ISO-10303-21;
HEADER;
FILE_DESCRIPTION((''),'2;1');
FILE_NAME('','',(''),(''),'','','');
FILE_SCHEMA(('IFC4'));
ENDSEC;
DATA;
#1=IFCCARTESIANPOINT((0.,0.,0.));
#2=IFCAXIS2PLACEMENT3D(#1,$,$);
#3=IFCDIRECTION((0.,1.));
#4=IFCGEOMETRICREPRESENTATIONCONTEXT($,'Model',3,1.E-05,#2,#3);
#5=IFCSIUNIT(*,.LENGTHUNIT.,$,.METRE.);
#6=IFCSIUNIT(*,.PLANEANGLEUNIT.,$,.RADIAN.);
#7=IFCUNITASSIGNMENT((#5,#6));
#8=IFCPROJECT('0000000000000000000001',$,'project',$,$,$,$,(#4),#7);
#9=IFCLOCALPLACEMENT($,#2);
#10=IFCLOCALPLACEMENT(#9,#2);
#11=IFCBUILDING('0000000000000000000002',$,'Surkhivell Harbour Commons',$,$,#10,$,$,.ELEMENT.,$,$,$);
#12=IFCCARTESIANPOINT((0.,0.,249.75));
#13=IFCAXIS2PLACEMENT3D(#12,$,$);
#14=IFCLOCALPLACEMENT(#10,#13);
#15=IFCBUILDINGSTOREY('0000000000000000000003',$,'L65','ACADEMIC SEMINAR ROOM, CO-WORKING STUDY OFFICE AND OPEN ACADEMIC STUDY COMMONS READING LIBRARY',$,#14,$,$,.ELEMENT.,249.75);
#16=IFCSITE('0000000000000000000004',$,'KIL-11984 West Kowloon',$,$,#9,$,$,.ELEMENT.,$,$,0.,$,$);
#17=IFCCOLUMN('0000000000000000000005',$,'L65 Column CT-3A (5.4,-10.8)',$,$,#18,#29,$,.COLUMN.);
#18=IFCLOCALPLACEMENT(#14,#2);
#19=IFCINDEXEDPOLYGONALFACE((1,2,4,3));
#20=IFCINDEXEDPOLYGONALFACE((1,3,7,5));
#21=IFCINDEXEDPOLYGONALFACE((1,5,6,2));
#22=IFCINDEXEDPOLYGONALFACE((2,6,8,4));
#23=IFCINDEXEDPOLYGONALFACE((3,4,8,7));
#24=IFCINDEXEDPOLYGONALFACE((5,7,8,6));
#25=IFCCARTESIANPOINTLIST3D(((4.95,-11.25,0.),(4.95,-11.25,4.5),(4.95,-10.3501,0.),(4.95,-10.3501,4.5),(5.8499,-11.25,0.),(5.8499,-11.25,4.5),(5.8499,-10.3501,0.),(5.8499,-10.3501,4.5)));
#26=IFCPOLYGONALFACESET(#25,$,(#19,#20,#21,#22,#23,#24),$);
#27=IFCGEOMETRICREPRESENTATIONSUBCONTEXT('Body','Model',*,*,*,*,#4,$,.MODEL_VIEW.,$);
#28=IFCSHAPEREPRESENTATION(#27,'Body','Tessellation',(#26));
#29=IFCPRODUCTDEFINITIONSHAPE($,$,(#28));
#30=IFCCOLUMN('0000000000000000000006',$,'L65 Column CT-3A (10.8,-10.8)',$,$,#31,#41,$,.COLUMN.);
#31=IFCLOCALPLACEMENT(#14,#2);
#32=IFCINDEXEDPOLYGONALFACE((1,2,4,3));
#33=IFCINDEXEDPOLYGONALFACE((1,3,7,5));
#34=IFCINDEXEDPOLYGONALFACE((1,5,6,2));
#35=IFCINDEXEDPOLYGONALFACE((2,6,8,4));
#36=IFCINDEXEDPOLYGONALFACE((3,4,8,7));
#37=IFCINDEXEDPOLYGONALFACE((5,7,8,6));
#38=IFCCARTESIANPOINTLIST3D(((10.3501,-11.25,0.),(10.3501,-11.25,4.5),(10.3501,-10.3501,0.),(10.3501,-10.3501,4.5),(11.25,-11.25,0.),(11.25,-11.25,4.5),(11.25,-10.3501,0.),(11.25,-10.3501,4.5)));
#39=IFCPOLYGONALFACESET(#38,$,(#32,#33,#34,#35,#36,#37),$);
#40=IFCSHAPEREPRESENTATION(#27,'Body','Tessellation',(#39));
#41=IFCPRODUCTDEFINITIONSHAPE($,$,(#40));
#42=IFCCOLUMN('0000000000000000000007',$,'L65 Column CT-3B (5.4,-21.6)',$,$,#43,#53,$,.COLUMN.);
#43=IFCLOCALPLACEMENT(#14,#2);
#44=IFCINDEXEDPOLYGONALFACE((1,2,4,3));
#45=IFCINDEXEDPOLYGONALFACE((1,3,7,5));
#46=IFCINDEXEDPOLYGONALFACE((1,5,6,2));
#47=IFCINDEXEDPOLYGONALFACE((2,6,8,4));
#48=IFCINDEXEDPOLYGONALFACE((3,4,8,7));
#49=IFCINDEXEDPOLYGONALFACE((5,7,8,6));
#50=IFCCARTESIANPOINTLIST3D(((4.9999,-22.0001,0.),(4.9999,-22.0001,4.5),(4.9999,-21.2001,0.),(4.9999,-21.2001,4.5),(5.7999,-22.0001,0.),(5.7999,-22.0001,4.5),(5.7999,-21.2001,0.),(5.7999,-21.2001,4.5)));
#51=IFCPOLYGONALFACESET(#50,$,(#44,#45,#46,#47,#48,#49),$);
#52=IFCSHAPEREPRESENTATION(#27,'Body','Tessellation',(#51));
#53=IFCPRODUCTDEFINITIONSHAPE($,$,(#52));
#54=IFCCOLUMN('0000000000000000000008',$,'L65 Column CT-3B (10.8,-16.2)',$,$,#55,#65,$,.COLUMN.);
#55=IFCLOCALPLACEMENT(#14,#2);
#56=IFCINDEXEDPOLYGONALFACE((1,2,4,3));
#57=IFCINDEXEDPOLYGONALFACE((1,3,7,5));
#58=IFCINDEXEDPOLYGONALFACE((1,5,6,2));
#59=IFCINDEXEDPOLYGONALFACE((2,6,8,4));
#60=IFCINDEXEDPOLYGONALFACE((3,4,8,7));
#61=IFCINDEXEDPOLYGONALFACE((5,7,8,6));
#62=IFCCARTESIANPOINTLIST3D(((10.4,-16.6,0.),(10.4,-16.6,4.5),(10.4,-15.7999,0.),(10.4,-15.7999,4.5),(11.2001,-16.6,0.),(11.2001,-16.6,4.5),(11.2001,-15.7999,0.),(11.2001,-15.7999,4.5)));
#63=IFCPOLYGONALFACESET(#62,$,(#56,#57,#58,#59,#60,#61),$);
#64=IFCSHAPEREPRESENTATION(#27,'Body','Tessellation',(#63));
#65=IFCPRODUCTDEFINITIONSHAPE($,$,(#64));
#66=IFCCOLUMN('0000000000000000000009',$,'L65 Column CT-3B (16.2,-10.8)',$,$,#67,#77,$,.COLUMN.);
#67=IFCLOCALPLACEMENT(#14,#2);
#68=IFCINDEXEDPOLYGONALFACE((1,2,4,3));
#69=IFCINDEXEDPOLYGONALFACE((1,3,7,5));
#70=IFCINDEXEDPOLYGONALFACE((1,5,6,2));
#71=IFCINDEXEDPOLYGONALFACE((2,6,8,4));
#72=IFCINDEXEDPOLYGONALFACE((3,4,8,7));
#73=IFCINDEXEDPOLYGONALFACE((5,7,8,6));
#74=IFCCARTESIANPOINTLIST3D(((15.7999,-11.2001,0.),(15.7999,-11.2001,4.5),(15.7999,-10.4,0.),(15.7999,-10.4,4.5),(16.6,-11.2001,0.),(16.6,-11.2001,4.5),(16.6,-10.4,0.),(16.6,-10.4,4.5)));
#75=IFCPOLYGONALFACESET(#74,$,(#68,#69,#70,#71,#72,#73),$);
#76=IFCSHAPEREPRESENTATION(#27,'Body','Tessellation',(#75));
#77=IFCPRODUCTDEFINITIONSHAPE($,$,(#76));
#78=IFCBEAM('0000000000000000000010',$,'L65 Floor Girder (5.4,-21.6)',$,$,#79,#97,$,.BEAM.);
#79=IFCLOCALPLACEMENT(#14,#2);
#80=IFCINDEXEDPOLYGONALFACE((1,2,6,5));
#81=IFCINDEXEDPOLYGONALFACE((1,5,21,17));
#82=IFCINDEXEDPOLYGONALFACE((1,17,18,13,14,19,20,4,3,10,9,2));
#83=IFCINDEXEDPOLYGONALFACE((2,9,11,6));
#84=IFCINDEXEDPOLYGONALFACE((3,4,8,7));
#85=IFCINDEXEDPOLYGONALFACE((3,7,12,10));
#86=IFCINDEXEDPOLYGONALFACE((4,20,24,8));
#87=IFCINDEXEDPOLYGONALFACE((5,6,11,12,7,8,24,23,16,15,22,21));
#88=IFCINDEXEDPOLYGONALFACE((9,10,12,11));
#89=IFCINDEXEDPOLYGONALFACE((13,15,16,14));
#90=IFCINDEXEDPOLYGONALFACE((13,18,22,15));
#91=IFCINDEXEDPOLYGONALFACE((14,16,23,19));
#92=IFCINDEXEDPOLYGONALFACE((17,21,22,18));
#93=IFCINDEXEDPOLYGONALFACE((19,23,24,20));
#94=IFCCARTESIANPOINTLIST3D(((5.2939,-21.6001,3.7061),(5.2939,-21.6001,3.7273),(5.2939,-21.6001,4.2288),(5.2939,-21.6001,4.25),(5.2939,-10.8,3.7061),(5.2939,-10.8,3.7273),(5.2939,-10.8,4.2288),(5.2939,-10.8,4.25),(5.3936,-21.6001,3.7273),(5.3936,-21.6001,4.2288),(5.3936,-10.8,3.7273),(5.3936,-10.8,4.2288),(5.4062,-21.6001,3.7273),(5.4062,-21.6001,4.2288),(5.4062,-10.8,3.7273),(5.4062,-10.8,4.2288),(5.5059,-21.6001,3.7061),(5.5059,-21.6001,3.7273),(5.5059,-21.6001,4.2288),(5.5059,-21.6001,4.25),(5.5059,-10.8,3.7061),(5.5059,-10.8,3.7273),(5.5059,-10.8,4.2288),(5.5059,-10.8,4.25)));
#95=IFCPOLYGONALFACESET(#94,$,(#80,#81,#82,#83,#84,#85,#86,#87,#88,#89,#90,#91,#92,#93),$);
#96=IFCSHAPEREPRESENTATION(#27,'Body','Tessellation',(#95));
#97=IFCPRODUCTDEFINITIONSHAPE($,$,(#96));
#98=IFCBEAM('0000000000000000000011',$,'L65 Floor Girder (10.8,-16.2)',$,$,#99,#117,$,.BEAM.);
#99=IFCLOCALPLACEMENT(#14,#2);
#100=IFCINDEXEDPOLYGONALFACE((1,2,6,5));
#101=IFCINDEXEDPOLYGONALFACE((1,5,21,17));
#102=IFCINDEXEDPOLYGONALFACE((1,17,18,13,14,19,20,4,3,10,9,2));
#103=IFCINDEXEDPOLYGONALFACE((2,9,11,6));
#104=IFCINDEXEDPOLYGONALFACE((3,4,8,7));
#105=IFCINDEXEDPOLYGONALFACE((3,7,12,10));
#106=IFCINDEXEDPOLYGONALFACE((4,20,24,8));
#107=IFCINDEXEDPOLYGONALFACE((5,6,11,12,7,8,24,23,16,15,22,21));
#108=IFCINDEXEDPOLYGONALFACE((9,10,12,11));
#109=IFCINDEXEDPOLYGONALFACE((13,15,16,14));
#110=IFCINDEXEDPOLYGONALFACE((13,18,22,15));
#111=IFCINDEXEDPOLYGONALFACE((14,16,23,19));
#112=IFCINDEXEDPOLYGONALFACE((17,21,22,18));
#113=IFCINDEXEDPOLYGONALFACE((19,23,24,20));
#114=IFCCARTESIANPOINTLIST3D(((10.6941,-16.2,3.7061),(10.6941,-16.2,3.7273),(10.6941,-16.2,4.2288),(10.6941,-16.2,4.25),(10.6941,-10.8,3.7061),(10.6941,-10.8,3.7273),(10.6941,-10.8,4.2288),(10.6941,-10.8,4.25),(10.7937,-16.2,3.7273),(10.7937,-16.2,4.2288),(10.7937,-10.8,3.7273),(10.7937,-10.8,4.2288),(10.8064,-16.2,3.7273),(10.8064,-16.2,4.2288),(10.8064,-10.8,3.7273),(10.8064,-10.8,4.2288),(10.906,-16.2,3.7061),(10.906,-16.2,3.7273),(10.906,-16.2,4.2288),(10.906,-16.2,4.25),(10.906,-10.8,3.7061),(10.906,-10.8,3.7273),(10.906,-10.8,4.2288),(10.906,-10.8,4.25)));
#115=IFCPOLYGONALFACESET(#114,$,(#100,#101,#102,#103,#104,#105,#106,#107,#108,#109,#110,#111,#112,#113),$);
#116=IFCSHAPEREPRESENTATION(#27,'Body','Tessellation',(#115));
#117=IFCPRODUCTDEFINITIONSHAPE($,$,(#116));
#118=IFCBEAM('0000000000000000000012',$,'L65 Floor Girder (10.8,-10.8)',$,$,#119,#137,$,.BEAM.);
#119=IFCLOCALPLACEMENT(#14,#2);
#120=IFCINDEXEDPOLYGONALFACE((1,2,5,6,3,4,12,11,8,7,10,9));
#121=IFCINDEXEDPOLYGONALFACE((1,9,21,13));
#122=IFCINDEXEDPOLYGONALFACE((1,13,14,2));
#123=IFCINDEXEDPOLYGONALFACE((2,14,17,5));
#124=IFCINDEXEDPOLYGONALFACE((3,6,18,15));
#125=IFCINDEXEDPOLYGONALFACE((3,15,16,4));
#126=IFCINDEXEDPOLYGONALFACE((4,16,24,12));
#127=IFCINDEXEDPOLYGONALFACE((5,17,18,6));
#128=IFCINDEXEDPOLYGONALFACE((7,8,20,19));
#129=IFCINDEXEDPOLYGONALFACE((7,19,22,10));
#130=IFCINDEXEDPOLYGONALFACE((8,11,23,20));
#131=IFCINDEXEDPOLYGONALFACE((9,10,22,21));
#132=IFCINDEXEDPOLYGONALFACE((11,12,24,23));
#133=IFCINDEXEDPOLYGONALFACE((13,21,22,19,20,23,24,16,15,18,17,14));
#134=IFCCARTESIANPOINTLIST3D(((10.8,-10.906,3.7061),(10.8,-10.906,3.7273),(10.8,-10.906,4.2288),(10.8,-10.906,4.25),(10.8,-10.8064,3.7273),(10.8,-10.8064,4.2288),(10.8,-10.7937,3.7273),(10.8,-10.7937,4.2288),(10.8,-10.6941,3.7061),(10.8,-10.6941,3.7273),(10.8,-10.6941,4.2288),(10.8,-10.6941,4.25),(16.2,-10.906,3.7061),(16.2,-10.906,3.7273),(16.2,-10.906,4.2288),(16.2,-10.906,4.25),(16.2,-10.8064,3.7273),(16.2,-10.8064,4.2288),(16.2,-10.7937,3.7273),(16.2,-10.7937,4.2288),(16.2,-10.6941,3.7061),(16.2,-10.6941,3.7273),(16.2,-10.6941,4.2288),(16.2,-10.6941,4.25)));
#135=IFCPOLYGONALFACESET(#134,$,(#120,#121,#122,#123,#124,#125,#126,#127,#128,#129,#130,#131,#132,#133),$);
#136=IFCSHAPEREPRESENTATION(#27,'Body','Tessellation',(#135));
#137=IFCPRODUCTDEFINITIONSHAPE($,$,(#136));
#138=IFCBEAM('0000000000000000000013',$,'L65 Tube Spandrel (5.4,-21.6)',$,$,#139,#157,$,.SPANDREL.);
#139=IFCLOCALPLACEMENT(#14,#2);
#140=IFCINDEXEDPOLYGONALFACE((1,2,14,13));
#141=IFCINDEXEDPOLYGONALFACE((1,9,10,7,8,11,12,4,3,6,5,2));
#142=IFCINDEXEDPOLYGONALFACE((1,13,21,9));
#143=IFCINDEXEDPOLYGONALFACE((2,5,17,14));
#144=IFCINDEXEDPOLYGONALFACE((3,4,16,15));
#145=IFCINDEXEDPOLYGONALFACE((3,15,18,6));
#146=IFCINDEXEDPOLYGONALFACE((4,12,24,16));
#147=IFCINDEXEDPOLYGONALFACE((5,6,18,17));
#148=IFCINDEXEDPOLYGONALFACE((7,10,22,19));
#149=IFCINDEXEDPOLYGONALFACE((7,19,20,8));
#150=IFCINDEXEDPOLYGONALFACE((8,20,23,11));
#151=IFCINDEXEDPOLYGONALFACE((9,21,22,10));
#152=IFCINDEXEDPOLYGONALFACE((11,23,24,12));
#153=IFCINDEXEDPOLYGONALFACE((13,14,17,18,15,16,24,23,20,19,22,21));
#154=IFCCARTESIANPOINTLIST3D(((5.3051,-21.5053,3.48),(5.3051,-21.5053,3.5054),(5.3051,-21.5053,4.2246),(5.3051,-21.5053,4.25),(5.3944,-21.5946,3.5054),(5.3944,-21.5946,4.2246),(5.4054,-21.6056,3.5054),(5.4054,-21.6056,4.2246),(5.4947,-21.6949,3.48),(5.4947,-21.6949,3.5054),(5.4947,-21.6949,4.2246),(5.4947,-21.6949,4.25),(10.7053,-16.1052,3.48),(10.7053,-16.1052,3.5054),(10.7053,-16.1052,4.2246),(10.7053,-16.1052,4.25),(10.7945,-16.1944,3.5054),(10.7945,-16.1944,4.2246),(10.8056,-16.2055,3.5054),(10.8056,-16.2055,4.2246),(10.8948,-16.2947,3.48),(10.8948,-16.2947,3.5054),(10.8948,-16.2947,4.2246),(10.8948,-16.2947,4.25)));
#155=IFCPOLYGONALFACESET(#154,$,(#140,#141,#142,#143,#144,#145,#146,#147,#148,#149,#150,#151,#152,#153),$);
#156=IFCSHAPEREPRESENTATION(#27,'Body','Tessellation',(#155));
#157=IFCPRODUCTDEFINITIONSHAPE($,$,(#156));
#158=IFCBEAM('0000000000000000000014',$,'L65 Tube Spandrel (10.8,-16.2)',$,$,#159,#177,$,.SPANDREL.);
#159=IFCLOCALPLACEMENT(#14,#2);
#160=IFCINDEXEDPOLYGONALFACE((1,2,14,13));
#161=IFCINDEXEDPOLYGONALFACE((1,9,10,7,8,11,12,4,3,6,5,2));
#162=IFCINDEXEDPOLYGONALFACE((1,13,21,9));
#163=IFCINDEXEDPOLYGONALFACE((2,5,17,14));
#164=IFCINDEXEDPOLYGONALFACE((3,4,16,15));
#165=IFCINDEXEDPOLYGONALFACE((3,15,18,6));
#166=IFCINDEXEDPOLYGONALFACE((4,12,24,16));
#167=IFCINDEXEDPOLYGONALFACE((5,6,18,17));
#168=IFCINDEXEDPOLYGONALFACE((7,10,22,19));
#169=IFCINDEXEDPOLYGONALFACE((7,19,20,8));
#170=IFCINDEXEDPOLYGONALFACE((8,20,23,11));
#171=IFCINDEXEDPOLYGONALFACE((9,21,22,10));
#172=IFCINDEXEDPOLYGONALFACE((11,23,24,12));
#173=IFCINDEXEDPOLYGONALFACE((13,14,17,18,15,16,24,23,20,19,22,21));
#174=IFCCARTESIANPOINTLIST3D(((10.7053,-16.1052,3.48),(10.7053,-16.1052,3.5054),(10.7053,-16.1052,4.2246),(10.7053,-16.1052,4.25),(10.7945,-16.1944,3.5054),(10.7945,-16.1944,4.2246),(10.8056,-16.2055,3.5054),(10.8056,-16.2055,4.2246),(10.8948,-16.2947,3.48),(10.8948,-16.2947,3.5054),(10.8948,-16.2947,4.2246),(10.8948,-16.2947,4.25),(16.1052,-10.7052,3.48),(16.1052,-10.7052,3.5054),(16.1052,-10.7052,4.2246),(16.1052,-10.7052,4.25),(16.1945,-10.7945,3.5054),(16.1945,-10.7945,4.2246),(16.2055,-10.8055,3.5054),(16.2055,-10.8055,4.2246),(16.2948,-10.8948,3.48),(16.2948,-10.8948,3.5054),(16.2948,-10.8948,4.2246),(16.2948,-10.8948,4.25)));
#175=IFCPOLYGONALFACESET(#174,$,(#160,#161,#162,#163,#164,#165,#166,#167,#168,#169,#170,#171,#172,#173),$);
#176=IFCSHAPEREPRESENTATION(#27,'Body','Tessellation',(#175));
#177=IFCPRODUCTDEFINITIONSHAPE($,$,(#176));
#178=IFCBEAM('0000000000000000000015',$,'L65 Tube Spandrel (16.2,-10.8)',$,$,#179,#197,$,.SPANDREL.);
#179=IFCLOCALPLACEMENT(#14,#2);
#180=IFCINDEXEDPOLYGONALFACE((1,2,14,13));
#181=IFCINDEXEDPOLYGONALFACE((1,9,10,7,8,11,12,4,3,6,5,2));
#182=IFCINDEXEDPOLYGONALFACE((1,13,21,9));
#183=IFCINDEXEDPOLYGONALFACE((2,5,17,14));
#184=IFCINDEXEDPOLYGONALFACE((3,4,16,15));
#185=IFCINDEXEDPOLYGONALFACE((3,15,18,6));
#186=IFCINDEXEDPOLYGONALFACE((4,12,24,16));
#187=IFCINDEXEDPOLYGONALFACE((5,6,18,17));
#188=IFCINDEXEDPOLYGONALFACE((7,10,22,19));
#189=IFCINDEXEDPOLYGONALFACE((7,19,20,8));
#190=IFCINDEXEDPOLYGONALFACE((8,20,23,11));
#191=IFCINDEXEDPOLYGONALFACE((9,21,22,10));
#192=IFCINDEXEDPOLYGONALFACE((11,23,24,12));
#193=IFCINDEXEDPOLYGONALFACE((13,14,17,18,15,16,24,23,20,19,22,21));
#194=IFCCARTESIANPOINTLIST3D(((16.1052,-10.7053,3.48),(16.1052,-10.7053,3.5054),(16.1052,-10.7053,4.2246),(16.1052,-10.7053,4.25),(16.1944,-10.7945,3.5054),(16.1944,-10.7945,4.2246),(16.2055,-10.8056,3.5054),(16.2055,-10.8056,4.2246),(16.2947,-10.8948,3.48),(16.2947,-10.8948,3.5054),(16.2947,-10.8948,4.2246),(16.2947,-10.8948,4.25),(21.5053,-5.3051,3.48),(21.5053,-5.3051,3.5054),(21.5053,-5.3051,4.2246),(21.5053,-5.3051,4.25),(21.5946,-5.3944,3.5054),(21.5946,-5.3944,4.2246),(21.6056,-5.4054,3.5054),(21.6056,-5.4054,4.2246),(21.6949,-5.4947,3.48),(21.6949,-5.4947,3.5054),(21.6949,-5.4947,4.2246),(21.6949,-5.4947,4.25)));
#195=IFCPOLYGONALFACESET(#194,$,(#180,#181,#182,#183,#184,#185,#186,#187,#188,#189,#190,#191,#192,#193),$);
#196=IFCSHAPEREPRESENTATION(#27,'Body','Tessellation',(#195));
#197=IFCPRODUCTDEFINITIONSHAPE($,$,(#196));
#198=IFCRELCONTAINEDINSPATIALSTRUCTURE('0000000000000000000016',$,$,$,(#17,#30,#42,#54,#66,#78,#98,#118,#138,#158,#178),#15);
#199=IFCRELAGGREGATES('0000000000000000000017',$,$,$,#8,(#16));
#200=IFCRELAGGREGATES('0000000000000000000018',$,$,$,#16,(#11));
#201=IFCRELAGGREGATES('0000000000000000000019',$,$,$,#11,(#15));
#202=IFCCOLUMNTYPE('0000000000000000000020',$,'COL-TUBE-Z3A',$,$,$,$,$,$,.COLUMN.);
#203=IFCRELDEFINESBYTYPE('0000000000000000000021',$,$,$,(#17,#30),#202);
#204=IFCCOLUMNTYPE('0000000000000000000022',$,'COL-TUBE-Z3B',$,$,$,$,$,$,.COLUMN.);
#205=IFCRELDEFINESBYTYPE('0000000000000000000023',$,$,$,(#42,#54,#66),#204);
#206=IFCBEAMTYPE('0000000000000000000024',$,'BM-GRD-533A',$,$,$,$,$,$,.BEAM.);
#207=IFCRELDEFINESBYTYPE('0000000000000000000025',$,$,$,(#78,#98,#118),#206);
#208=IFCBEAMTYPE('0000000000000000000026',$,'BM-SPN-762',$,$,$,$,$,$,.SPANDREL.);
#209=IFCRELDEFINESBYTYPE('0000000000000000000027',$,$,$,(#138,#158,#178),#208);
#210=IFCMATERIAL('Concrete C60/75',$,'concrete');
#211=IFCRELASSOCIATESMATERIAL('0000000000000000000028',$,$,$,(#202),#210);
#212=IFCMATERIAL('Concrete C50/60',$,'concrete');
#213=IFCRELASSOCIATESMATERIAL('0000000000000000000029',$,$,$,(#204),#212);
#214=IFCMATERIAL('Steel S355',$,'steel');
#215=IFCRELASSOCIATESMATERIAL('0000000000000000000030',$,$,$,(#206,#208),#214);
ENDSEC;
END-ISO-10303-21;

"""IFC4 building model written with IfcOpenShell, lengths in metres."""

from ifc_helpers import new_model, si_unit, direction, frame, origin, origin_2d, place, context, subcontext, project, spatial, rectangle, i_section, extrude, material, material_profile, profile_set, type_object, element, save


model = new_model("IFC4")

# Units and contexts
model_context = context("Model", 3, precision=1e-05, world=origin(), true_north=direction((0.0, 1.0)))
body_context = subcontext(model_context, "Body", "Model", "MODEL_VIEW")
ifc_project = project(units=[si_unit("LENGTHUNIT", "METRE"), si_unit("PLANEANGLEUNIT", "RADIAN")], contexts=[model_context])

# Site, building, storey
site_placement = place(None, origin())
site = spatial("IfcSite", under=ifc_project, at=site_placement, Name="KIL-11984 West Kowloon", CompositionType="ELEMENT", RefElevation=0.0)
building_placement = place(site_placement, origin())
building = spatial("IfcBuilding", under=site, at=building_placement, Name="Surkhivell Harbour Commons", CompositionType="ELEMENT")
storey_placement = place(building_placement, frame((0.0, 0.0, 249.75)))
storey = spatial("IfcBuildingStorey", under=building, at=storey_placement, Name="L65", Description="ACADEMIC SEMINAR ROOM, CO-WORKING STUDY OFFICE AND OPEN ACADEMIC STUDY COMMONS READING LIBRARY", CompositionType="ELEMENT", Elevation=249.75)

# Columns
ifc_material_1 = material(Name="Concrete C60/75", Category="concrete")
ifc_material_profile_1 = material_profile(ifc_material_1, rectangle(XDim=0.8999, YDim=0.8999, at=origin_2d()), Name="RC-COL-900x900")
ifc_profile_set_1 = profile_set([ifc_material_profile_1], Name="Concrete C60/75")
column_type_1 = type_object("IfcColumnType", Name="COL-TUBE-Z3A", PredefinedType="COLUMN", material=ifc_profile_set_1)
for number, where, z_axis, x_axis, name in (
    (1, (5.3999, -10.8, 0.0), (0.0, 0.0, 1.0), (1.0, 0.0, 0.0), "L65 Column CT-3A (5.4,-10.8)"),
    (2, (10.8, -10.8, 0.0), (0.0, 0.0, 1.0), (1.0, 0.0, 0.0), "L65 Column CT-3A (10.8,-10.8)"),
):
    element("IfcColumn", number, at=place(storey_placement, frame(where, z_axis=z_axis, x_axis=x_axis)), inside=storey, type_object=column_type_1, Name=name, PredefinedType="COLUMN", context=body_context, shape_type="SweptSolid", body=[
        extrude(rectangle(XDim=0.8999, YDim=0.8999, at=origin_2d()), origin(), (0.0, 0.0, 1.0), 4.5),
    ])
ifc_material_2 = material(Name="Concrete C50/60", Category="concrete")
ifc_material_profile_2 = material_profile(ifc_material_2, rectangle(XDim=0.8, YDim=0.8, at=origin_2d()), Name="RC-COL-800x800")
ifc_profile_set_2 = profile_set([ifc_material_profile_2], Name="Concrete C50/60")
column_type_2 = type_object("IfcColumnType", Name="COL-TUBE-Z3B", PredefinedType="COLUMN", material=ifc_profile_set_2)
for number, where, z_axis, x_axis, name in (
    (3, (5.3999, -21.6001, 0.0), (0.0, 0.0, 1.0), (1.0, 0.0, 0.0), "L65 Column CT-3B (5.4,-21.6)"),
    (4, (10.8, -16.2, 0.0), (0.0, 0.0, 1.0), (1.0, 0.0, 0.0), "L65 Column CT-3B (10.8,-16.2)"),
    (5, (16.2, -10.8, 0.0), (0.0, 0.0, 1.0), (1.0, 0.0, 0.0), "L65 Column CT-3B (16.2,-10.8)"),
):
    element("IfcColumn", number, at=place(storey_placement, frame(where, z_axis=z_axis, x_axis=x_axis)), inside=storey, type_object=column_type_2, Name=name, PredefinedType="COLUMN", context=body_context, shape_type="SweptSolid", body=[
        extrude(rectangle(XDim=0.8, YDim=0.8, at=origin_2d()), origin(), (0.0, 0.0, 1.0), 4.5),
    ])

# Beams
ifc_material_3 = material(Name="Steel S355", Category="steel")
ifc_material_profile_3 = material_profile(ifc_material_3, i_section(OverallWidth=0.2119, OverallDepth=0.5439, WebThickness=0.0127, FlangeThickness=0.0212, at=origin_2d()), Name="UB533x210x122")
ifc_profile_set_3 = profile_set([ifc_material_profile_3], Name="Steel S355")
beam_type_1 = type_object("IfcBeamType", Name="BM-GRD-533A", PredefinedType="BEAM", material=ifc_profile_set_3)
beam_1_placement = place(storey_placement, frame((5.3999, -21.6001, 3.978), z_axis=(0.0, 1.0, 0.0), x_axis=(-1.0, 0.0, 0.0)))
element("IfcBeam", 6, at=beam_1_placement, inside=storey, type_object=beam_type_1, Name="L65 Floor Girder (5.4,-21.6)", PredefinedType="BEAM", context=body_context, shape_type="SweptSolid", body=[
    extrude(i_section(OverallWidth=0.2119, OverallDepth=0.5439, WebThickness=0.0127, FlangeThickness=0.0212, at=origin_2d()), origin(), (0.0, 0.0, 1.0), 10.8),
])
for number, where, z_axis, x_axis, name in (
    (7, (10.8, -16.2, 3.978), (0.0, 1.0, 0.0), (-1.0, 0.0, 0.0), "L65 Floor Girder (10.8,-16.2)"),
    (8, (10.8, -10.8, 3.978), (1.0, 0.0, 0.0), (0.0, 1.0, 0.0), "L65 Floor Girder (10.8,-10.8)"),
):
    element("IfcBeam", number, at=place(storey_placement, frame(where, z_axis=z_axis, x_axis=x_axis)), inside=storey, type_object=beam_type_1, Name=name, PredefinedType="BEAM", context=body_context, shape_type="SweptSolid", body=[
        extrude(i_section(OverallWidth=0.2119, OverallDepth=0.5439, WebThickness=0.0127, FlangeThickness=0.0212, at=origin_2d()), origin(), (0.0, 0.0, 1.0), 5.3999),
    ])
ifc_material_profile_4 = material_profile(ifc_material_3, i_section(OverallWidth=0.2681, OverallDepth=0.77, WebThickness=0.0156, FlangeThickness=0.0254, at=origin_2d()), Name="UB762x267x197")
ifc_profile_set_4 = profile_set([ifc_material_profile_4], Name="Steel S355")
beam_type_2 = type_object("IfcBeamType", Name="BM-SPN-762", PredefinedType="SPANDREL", material=ifc_profile_set_4)
beam_2_placement = place(storey_placement, frame((5.3999, -21.6001, 3.865), z_axis=(0.707107, 0.707107, 0.0), x_axis=(-0.707107, 0.707107, 0.0)))
element("IfcBeam", 9, at=beam_2_placement, inside=storey, type_object=beam_type_2, Name="L65 Tube Spandrel (5.4,-21.6)", PredefinedType="SPANDREL", context=body_context, shape_type="SweptSolid", body=[
    extrude(i_section(OverallWidth=0.2681, OverallDepth=0.77, WebThickness=0.0156, FlangeThickness=0.0254, at=origin_2d()), origin(), (0.0, 0.0, 1.0), 7.637),
])
beam_3_placement = place(storey_placement, frame((10.8, -16.2, 3.865), z_axis=(0.707107, 0.707107, 0.0), x_axis=(-0.707107, 0.707107, 0.0)))
element("IfcBeam", 10, at=beam_3_placement, inside=storey, type_object=beam_type_2, Name="L65 Tube Spandrel (10.8,-16.2)", PredefinedType="SPANDREL", context=body_context, shape_type="SweptSolid", body=[
    extrude(i_section(OverallWidth=0.2681, OverallDepth=0.77, WebThickness=0.0156, FlangeThickness=0.0254, at=origin_2d()), origin(), (0.0, 0.0, 1.0), 7.6367),
])
beam_4_placement = place(storey_placement, frame((16.2, -10.8, 3.865), z_axis=(0.707107, 0.707107, 0.0), x_axis=(-0.707107, 0.707107, 0.0)))
element("IfcBeam", 11, at=beam_4_placement, inside=storey, type_object=beam_type_2, Name="L65 Tube Spandrel (16.2,-10.8)", PredefinedType="SPANDREL", context=body_context, shape_type="SweptSolid", body=[
    extrude(i_section(OverallWidth=0.2681, OverallDepth=0.77, WebThickness=0.0156, FlangeThickness=0.0254, at=origin_2d()), origin(), (0.0, 0.0, 1.0), 7.637),
])

save(model, "model.ifc")
